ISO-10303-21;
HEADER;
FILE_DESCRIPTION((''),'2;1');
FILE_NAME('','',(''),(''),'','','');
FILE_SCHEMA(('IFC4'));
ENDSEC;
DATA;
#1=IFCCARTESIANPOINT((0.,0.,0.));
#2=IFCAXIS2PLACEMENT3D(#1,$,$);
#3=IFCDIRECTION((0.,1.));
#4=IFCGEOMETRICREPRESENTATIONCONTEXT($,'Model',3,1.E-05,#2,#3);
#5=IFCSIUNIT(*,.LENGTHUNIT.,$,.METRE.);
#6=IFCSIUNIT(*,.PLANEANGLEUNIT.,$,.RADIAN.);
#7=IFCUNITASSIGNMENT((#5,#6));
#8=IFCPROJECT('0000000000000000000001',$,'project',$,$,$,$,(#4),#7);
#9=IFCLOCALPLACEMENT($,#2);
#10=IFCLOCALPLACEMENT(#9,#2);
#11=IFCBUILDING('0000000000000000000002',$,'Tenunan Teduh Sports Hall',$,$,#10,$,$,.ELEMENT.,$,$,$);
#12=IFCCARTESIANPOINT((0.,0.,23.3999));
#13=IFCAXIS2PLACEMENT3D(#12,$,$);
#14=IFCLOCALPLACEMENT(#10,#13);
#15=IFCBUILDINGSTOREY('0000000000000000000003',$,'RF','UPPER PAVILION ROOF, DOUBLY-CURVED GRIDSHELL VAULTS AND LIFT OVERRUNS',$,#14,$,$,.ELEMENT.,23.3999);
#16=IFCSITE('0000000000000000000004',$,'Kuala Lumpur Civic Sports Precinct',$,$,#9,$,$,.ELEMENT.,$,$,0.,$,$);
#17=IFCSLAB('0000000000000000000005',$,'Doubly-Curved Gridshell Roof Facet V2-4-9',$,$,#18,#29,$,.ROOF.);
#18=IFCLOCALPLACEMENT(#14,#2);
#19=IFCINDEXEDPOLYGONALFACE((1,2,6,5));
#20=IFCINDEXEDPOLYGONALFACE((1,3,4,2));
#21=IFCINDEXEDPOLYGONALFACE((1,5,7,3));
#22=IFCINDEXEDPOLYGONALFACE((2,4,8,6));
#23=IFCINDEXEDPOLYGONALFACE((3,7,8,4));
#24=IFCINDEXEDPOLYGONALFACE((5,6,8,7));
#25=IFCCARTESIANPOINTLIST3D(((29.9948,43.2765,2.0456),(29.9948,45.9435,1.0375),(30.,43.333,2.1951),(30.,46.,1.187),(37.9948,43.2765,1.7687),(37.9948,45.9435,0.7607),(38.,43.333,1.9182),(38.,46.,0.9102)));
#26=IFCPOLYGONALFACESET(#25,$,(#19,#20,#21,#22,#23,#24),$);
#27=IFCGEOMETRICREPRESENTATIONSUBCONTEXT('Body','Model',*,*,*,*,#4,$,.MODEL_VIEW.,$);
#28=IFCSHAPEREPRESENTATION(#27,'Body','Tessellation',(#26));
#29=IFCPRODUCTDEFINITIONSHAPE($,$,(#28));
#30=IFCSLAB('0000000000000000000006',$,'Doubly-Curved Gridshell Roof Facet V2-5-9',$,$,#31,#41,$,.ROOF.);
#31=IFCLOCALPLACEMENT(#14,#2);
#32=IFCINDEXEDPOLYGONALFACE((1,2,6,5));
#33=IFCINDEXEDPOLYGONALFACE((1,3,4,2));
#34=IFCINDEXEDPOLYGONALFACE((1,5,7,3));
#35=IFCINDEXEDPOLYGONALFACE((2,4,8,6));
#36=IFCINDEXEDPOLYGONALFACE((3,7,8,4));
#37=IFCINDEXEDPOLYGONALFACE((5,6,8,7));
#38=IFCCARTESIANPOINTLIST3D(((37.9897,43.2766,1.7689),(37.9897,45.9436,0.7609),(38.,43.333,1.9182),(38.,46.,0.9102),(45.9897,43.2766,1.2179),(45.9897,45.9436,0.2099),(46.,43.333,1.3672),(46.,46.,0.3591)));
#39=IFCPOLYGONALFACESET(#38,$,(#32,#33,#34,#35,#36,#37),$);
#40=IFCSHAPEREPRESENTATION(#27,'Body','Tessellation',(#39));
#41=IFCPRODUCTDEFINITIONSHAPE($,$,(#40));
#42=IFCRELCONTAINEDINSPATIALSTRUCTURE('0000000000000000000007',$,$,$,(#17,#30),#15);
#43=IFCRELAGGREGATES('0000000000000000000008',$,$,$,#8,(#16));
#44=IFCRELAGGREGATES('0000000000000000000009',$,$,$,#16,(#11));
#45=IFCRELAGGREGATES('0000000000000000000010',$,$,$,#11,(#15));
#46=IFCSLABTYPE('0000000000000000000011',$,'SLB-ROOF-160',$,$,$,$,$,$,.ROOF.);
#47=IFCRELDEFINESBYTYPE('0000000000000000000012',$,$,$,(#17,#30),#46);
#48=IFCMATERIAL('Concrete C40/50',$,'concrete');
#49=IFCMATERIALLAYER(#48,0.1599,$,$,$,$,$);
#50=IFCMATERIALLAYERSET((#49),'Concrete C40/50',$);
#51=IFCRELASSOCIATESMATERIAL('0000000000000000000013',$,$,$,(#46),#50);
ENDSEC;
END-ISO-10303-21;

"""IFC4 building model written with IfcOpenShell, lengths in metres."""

from ifc_helpers import new_model, si_unit, direction, frame, origin, place, context, subcontext, project, spatial, polyline, outline, extrude, material, layer, layer_set, type_object, element, save


model = new_model("IFC4")

# Units and contexts
model_context = context("Model", 3, precision=1e-05, world=origin(), true_north=direction((0.0, 1.0)))
body_context = subcontext(model_context, "Body", "Model", "MODEL_VIEW")
ifc_project = project(units=[si_unit("LENGTHUNIT", "METRE"), si_unit("PLANEANGLEUNIT", "RADIAN")], contexts=[model_context])

# Site, building, storey
site_placement = place(None, origin())
site = spatial("IfcSite", under=ifc_project, at=site_placement, Name="Kuala Lumpur Civic Sports Precinct", CompositionType="ELEMENT", RefElevation=0.0)
building_placement = place(site_placement, origin())
building = spatial("IfcBuilding", under=site, at=building_placement, Name="Tenunan Teduh Sports Hall", CompositionType="ELEMENT")
storey_placement = place(building_placement, frame((0.0, 0.0, 23.3999)))
storey = spatial("IfcBuildingStorey", under=building, at=storey_placement, Name="RF", Description="UPPER PAVILION ROOF, DOUBLY-CURVED GRIDSHELL VAULTS AND LIFT OVERRUNS", CompositionType="ELEMENT", Elevation=23.3999)

# Slabs
ifc_material_1 = material(Name="Concrete C40/50", Category="concrete")
ifc_layer = layer(ifc_material_1, 0.1599)
ifc_layer_set = layer_set([ifc_layer], Name="Concrete C40/50")
slab_type = type_object("IfcSlabType", Name="SLB-ROOF-160", PredefinedType="ROOF", material=ifc_layer_set)
slab_1_placement = place(storey_placement, frame((30.0, 43.333, 2.1951), z_axis=(0.032355, 0.353377, 0.934921), x_axis=(0.999402, 0.0, -0.034586)))
element("IfcSlab", 1, at=slab_1_placement, inside=storey, type_object=slab_type, Name="Doubly-Curved Gridshell Roof Facet V2-4-9", PredefinedType="ROOF", context=body_context, shape_type="SweptSolid", body=[
    extrude(outline(polyline([(0.0, 0.0), (8.0048, 0.0), (8.0397, 2.8509), (0.0349, 2.8509), (0.0, 0.0)])), origin(), (0.0, 0.0, -1.0), 0.1599),
])
slab_2_placement = place(storey_placement, frame((38.0, 43.333, 1.9182), z_axis=(0.064296, 0.352831, 0.933476), x_axis=(0.997636, 0.0, -0.068715)))
element("IfcSlab", 2, at=slab_2_placement, inside=storey, type_object=slab_type, Name="Doubly-Curved Gridshell Roof Facet V2-5-9", PredefinedType="ROOF", context=body_context, shape_type="SweptSolid", body=[
    extrude(outline(polyline([(0.0, 0.0), (8.019, 0.0), (8.0882, 2.8503), (0.0693, 2.8503), (0.0, 0.0)])), origin(), (0.0, 0.0, -1.0), 0.1599),
])

save(model, "model.ifc")
